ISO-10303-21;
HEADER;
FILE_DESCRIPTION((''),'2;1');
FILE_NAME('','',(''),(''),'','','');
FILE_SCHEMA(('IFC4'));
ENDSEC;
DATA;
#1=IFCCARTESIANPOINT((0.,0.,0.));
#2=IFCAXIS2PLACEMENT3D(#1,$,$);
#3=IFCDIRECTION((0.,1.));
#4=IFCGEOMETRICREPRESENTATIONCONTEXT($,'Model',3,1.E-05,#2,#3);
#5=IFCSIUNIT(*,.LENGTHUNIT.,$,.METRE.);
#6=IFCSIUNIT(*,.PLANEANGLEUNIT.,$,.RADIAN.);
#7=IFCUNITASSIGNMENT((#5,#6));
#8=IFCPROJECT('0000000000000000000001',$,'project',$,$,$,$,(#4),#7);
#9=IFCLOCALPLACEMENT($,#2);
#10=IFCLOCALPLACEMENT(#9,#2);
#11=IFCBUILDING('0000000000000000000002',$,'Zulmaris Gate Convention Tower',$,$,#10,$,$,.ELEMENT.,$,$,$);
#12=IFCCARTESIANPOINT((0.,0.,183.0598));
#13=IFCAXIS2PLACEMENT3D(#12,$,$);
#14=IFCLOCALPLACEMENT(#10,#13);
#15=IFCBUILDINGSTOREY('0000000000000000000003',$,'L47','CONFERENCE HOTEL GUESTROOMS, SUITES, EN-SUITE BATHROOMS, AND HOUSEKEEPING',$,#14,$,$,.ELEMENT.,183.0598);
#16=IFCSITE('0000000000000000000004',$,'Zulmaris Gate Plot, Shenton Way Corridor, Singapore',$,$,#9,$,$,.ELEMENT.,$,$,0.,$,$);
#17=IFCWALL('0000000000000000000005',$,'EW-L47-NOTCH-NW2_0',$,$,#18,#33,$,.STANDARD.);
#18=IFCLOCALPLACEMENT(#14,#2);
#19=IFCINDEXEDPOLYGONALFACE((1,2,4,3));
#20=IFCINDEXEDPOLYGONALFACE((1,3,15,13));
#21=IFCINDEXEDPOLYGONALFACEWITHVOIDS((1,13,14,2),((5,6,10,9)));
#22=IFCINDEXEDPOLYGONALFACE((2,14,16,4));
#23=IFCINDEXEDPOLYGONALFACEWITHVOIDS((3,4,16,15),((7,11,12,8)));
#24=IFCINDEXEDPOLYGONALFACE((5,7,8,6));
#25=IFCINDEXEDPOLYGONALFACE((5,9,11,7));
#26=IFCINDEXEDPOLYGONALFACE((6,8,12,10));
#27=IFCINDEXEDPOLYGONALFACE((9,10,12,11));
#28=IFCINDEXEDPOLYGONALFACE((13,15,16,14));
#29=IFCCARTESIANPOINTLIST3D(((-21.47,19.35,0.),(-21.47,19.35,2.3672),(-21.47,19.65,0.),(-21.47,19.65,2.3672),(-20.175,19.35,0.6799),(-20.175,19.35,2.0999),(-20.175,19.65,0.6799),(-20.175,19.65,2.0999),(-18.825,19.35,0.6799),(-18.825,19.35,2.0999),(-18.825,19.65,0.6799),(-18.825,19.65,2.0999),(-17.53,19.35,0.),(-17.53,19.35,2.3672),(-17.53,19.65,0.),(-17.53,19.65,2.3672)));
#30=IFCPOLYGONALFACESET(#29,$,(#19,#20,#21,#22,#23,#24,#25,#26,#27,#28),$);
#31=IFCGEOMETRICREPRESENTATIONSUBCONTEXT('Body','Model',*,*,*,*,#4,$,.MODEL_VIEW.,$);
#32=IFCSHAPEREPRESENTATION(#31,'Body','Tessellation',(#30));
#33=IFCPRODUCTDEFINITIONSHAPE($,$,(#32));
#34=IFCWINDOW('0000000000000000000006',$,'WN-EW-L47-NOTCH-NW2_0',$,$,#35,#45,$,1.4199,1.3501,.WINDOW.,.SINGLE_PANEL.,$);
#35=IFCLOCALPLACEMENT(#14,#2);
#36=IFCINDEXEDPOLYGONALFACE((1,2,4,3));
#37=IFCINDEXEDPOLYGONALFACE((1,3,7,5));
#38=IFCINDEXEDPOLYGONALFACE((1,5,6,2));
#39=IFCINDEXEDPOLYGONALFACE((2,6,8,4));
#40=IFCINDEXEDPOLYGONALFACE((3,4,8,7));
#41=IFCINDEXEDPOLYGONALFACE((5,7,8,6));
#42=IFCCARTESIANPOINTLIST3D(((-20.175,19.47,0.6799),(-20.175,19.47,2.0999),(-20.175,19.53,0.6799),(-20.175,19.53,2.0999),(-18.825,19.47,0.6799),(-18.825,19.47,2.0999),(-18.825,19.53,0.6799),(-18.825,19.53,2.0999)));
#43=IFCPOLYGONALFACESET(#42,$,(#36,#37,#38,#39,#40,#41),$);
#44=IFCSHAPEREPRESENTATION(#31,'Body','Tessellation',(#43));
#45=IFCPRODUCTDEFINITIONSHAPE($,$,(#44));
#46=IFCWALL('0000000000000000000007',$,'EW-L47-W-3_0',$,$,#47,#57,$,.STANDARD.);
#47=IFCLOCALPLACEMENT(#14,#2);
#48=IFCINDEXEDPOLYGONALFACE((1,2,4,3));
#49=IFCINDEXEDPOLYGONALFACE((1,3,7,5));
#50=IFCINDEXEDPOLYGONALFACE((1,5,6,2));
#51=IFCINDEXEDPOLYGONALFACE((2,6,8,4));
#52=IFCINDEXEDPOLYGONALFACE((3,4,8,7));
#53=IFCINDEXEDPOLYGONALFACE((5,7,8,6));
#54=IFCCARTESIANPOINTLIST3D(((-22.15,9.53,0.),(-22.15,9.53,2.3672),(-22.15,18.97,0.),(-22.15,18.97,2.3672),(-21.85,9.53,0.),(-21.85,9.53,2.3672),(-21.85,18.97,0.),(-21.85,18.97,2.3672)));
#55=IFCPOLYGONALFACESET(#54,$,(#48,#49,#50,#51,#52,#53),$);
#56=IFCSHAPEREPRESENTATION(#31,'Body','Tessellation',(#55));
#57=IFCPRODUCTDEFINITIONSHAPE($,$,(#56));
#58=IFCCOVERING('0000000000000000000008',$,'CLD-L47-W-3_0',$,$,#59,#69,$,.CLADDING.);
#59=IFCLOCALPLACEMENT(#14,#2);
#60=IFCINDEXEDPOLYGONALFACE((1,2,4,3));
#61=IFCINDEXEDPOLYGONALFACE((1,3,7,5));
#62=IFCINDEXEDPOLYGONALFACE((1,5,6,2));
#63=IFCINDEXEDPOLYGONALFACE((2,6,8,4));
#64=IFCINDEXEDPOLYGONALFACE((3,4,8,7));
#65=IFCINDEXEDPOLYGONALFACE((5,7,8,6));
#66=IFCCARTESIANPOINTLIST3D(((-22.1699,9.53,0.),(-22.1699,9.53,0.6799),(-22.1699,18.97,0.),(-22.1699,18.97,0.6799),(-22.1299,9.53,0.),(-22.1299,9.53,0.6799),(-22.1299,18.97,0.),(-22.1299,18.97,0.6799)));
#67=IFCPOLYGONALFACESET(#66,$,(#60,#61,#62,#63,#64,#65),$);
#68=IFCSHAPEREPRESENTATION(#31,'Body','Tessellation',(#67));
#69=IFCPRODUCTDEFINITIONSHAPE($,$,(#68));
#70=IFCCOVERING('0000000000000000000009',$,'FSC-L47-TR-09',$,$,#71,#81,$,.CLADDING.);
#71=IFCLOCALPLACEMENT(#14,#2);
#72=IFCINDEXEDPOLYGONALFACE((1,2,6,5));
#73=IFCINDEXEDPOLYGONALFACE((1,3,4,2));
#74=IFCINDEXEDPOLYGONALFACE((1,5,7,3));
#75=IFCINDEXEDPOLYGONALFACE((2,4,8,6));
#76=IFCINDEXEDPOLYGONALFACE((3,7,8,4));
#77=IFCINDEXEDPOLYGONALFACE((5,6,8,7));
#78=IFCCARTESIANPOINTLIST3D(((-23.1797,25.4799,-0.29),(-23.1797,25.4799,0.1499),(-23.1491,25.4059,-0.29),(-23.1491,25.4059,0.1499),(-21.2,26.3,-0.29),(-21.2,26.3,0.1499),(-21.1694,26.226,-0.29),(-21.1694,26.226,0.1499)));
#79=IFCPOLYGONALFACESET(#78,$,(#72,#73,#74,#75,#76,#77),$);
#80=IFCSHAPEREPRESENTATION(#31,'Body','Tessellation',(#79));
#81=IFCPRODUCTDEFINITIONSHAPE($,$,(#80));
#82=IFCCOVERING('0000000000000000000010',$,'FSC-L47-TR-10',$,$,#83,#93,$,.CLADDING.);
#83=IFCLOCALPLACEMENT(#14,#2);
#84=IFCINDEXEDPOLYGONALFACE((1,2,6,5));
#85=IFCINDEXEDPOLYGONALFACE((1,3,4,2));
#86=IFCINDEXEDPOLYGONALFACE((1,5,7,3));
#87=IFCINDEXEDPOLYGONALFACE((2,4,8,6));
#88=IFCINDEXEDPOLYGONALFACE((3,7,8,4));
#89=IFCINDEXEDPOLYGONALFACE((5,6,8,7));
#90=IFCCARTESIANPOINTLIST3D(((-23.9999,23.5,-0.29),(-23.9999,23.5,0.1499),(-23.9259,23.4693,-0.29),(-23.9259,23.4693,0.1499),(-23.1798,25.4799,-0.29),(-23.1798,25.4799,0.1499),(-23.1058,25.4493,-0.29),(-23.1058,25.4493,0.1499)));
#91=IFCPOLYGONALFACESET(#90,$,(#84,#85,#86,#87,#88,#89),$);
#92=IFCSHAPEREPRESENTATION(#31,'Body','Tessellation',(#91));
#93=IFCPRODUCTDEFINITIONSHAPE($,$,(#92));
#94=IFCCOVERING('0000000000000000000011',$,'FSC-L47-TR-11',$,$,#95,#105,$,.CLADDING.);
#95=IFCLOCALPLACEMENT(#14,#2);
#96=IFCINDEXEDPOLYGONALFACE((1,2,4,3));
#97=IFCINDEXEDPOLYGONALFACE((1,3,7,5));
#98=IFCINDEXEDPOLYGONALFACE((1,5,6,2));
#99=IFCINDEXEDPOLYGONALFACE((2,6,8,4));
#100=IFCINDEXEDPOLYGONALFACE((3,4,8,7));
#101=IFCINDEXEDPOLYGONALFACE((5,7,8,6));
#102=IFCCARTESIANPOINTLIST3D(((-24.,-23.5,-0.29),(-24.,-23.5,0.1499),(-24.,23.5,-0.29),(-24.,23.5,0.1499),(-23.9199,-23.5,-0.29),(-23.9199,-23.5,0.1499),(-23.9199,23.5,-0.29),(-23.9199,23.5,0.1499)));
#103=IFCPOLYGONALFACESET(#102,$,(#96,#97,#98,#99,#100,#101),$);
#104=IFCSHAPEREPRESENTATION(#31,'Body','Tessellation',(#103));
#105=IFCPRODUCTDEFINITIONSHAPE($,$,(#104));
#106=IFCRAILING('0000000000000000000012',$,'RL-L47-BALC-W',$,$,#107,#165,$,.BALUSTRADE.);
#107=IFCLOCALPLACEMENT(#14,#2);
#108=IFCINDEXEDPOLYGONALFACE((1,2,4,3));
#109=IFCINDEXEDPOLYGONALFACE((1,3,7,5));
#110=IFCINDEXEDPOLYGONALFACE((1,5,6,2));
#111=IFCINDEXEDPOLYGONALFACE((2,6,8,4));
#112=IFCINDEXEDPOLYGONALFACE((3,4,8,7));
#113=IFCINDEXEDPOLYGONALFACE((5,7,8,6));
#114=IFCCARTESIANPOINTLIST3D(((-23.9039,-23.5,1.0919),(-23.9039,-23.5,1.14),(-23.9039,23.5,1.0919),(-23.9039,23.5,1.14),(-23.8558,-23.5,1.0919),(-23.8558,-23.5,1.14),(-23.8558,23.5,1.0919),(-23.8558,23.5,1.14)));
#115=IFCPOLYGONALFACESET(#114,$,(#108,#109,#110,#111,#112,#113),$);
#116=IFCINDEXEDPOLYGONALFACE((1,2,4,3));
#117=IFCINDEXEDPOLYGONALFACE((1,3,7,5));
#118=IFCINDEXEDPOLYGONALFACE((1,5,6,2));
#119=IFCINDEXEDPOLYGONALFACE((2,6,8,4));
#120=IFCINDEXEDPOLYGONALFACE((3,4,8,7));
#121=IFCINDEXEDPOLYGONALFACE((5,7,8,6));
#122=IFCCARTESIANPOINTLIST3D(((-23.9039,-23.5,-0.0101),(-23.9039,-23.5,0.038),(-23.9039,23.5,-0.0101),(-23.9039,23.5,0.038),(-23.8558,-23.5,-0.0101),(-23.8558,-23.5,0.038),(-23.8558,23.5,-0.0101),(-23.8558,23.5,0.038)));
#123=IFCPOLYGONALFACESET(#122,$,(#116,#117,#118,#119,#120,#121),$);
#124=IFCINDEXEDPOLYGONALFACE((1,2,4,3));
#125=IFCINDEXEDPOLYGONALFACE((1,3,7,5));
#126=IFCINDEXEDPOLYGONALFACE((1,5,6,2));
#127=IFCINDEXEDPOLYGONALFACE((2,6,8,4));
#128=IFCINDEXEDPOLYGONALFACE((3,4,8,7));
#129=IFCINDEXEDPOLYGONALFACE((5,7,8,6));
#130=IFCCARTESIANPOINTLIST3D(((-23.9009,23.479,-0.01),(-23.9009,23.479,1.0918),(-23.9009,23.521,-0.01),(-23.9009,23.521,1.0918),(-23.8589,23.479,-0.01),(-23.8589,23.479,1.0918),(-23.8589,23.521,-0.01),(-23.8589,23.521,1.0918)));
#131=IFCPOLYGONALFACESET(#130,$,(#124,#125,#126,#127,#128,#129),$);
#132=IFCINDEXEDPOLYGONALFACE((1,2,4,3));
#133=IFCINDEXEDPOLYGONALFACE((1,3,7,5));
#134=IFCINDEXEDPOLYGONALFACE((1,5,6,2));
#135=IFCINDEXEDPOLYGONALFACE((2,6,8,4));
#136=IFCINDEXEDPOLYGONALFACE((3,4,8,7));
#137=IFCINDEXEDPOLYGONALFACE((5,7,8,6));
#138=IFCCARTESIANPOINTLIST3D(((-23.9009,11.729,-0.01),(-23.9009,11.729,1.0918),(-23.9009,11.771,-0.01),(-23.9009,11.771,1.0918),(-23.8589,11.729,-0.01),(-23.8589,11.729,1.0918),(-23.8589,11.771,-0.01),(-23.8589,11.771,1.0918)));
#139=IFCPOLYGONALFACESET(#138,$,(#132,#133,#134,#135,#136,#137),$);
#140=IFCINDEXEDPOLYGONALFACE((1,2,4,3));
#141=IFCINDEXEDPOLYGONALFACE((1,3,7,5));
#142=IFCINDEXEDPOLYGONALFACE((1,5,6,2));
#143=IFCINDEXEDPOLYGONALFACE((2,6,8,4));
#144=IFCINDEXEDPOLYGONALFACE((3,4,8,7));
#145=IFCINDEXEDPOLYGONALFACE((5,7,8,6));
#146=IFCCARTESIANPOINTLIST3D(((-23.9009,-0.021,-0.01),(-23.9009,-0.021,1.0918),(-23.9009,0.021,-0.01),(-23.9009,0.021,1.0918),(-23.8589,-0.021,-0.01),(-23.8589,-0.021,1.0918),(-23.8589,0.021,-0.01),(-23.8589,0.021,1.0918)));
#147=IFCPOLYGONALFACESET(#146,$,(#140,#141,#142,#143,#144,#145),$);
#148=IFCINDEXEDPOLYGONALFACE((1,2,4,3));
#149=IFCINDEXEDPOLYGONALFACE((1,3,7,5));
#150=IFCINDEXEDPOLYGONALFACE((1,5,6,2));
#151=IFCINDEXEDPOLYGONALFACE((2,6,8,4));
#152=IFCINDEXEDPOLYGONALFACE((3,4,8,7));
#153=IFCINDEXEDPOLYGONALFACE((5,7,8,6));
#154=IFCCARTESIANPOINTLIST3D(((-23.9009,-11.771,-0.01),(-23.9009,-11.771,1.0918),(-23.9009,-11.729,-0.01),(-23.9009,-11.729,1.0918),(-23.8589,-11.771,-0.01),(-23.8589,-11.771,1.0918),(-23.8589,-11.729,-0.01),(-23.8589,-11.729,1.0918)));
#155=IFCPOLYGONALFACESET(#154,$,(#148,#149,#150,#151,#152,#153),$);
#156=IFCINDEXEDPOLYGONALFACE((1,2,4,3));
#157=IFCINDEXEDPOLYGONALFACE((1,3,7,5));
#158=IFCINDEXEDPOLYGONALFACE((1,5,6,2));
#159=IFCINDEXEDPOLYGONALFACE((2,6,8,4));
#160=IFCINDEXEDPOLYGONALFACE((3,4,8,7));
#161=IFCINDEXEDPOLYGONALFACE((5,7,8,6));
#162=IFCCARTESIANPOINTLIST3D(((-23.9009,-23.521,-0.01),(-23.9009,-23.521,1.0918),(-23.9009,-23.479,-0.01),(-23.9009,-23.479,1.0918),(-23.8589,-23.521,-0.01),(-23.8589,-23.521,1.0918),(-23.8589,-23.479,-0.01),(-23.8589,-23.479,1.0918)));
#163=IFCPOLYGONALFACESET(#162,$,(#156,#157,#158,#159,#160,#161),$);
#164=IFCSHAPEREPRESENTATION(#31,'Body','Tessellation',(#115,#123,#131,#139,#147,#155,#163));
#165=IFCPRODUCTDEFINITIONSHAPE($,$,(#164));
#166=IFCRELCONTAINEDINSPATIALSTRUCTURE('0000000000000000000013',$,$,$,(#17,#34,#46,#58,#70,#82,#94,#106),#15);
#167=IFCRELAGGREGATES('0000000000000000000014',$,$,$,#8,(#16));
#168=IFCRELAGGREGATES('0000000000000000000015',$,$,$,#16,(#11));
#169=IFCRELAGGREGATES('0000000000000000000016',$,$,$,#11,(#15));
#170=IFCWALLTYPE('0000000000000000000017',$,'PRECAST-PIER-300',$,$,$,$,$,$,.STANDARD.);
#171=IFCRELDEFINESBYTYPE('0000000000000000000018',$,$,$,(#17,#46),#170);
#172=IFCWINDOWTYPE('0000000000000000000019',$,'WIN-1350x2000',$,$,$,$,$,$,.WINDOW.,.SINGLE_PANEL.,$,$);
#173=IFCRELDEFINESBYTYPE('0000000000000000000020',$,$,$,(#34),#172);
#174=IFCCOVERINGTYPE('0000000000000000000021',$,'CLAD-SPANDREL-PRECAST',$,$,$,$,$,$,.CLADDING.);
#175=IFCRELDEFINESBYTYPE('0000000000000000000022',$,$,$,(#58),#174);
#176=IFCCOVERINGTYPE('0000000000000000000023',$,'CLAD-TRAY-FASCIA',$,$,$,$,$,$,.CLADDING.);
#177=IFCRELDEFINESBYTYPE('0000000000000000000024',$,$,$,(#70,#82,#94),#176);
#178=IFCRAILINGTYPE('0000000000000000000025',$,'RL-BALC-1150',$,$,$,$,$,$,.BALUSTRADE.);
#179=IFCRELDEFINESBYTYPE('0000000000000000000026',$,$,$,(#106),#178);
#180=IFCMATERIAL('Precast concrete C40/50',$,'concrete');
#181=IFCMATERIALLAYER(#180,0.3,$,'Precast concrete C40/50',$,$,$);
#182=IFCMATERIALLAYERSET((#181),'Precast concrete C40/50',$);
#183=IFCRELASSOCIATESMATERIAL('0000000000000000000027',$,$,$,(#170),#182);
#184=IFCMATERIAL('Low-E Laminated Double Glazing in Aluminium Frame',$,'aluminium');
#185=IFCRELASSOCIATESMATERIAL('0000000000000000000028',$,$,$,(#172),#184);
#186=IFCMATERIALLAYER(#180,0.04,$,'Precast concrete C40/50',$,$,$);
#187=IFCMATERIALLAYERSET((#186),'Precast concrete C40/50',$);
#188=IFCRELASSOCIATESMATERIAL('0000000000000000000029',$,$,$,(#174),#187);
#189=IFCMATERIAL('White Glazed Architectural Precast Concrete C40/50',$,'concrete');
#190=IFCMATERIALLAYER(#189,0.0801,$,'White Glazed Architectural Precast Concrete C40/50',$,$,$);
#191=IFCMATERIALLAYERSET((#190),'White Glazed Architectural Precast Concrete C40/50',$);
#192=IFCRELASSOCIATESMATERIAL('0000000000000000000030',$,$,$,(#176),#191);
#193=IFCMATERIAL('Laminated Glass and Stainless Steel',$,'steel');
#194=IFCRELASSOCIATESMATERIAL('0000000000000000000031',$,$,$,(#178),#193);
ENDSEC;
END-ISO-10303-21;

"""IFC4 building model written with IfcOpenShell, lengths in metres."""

from ifc_helpers import new_model, si_unit, direction, frame, frame_2d, origin, origin_2d, place, context, subcontext, project, spatial, rectangle, extrude, material, layer, layer_set, type_object, element, fill, save


model = new_model("IFC4")

# Units and contexts
model_context = context("Model", 3, precision=1e-05, world=origin(), true_north=direction((0.0, 1.0)))
body_context = subcontext(model_context, "Body", "Model", "MODEL_VIEW")
ifc_project = project(units=[si_unit("LENGTHUNIT", "METRE"), si_unit("PLANEANGLEUNIT", "RADIAN")], contexts=[model_context])

# Site, building, storey
site_placement = place(None, origin())
site = spatial("IfcSite", under=ifc_project, at=site_placement, Name="Zulmaris Gate Plot, Shenton Way Corridor, Singapore", CompositionType="ELEMENT", RefElevation=0.0)
building_placement = place(site_placement, origin())
building = spatial("IfcBuilding", under=site, at=building_placement, Name="Zulmaris Gate Convention Tower", CompositionType="ELEMENT")
storey_placement = place(building_placement, frame((0.0, 0.0, 183.0598)))
storey = spatial("IfcBuildingStorey", under=building, at=storey_placement, Name="L47", Description="CONFERENCE HOTEL GUESTROOMS, SUITES, EN-SUITE BATHROOMS, AND HOUSEKEEPING", CompositionType="ELEMENT", Elevation=183.0598)

# Wall, opening, window
ifc_material_1 = material(Name="Precast concrete C40/50", Category="concrete")
ifc_layer_1 = layer(ifc_material_1, 0.3, Name="Precast concrete C40/50")
ifc_layer_set_1 = layer_set([ifc_layer_1], Name="Precast concrete C40/50")
wall_type_1 = type_object("IfcWallType", Name="PRECAST-PIER-300", PredefinedType="STANDARD", material=ifc_layer_set_1)
wall_1_placement = place(storey_placement, frame((-17.53, 19.5, 0.0), z_axis=(0.0, 0.0, 1.0), x_axis=(-1.0, 0.0, 0.0)))
wall_1 = element("IfcWall", 1, at=wall_1_placement, inside=storey, type_object=wall_type_1, Name="EW-L47-NOTCH-NW2_0", PredefinedType="STANDARD", context=body_context, shape_type="SweptSolid", body=[
    extrude(rectangle(XDim=3.9399, YDim=0.3, at=frame_2d((1.97, 0.0))), origin(), (0.0, 0.0, 1.0), 2.3672),
])
opening_1_placement = place(wall_1_placement, frame((1.2949, 0.0, 0.6799)))
opening_1 = element("IfcOpeningElement", 2, at=opening_1_placement, cuts=wall_1, PredefinedType="OPENING", context=body_context, shape_type="SweptSolid", body=[
    extrude(rectangle(XDim=1.3501, YDim=1.4199, at=frame_2d((0.675, 0.71))), frame((0.0, 0.1602, 0.0), z_axis=(0.0, -1.0, 0.0), x_axis=(1.0, 0.0, 0.0)), (0.0, 0.0, 1.0), 0.3201),
])
ifc_material_2 = material(Name="Low-E Laminated Double Glazing in Aluminium Frame", Category="aluminium")
window_type = type_object("IfcWindowType", Name="WIN-1350x2000", PartitioningType="SINGLE_PANEL", PredefinedType="WINDOW", material=ifc_material_2)
window_placement = place(opening_1_placement, origin())
window = element("IfcWindow", 3, at=window_placement, inside=storey, type_object=window_type, Name="WN-EW-L47-NOTCH-NW2_0", OverallHeight=1.4199, OverallWidth=1.3501, PartitioningType="SINGLE_PANEL", PredefinedType="WINDOW", context=body_context, shape_type="SweptSolid", body=[
    extrude(rectangle(XDim=1.3501, YDim=1.4199, at=frame_2d((0.675, 0.71))), frame((0.0, 0.03, 0.0), z_axis=(0.0, -1.0, 0.0), x_axis=(1.0, 0.0, 0.0)), (0.0, 0.0, 1.0), 0.0601),
])
fill(opening_1, window)

# Wall
wall_2_placement = place(storey_placement, frame((-22.0, 18.97, 0.0), z_axis=(0.0, 0.0, 1.0), x_axis=(0.0, -1.0, 0.0)))
element("IfcWall", 4, at=wall_2_placement, inside=storey, type_object=wall_type_1, Name="EW-L47-W-3_0", PredefinedType="STANDARD", context=body_context, shape_type="SweptSolid", body=[
    extrude(rectangle(XDim=9.4399, YDim=0.3, at=frame_2d((4.72, 0.0))), origin(), (0.0, 0.0, 1.0), 2.3672),
])

# Coverings
ifc_layer_2 = layer(ifc_material_1, 0.04, Name="Precast concrete C40/50")
ifc_layer_set_2 = layer_set([ifc_layer_2], Name="Precast concrete C40/50")
covering_type_1 = type_object("IfcCoveringType", Name="CLAD-SPANDREL-PRECAST", PredefinedType="CLADDING", material=ifc_layer_set_2)
covering_1_placement = place(storey_placement, frame((-22.1499, 18.97, 0.0), z_axis=(0.0, 0.0, 1.0), x_axis=(0.0, -1.0, 0.0)))
element("IfcCovering", 5, at=covering_1_placement, inside=storey, type_object=covering_type_1, Name="CLD-L47-W-3_0", PredefinedType="CLADDING", context=body_context, shape_type="SweptSolid", body=[
    extrude(rectangle(XDim=9.4399, YDim=0.04, at=frame_2d((4.72, 0.0))), origin(), (0.0, 0.0, 1.0), 0.6799),
])
ifc_material_3 = material(Name="White Glazed Architectural Precast Concrete C40/50", Category="concrete")
ifc_layer_3 = layer(ifc_material_3, 0.0801, Name="White Glazed Architectural Precast Concrete C40/50")
ifc_layer_set_3 = layer_set([ifc_layer_3], Name="White Glazed Architectural Precast Concrete C40/50")
covering_type_2 = type_object("IfcCoveringType", Name="CLAD-TRAY-FASCIA", PredefinedType="CLADDING", material=ifc_layer_set_3)
covering_2_placement = place(storey_placement, frame((-21.1848, 26.2629, -0.29), z_axis=(0.0, 0.0, 1.0), x_axis=(-0.923874, -0.382697, 0.0)))
element("IfcCovering", 6, at=covering_2_placement, inside=storey, type_object=covering_type_2, Name="FSC-L47-TR-09", PredefinedType="CLADDING", context=body_context, shape_type="SweptSolid", body=[
    extrude(rectangle(XDim=2.1428, YDim=0.0801, at=frame_2d((1.0713, 0.0))), origin(), (0.0, 0.0, 1.0), 0.4399),
])
covering_3_placement = place(storey_placement, frame((-23.1428, 25.4646, -0.29), z_axis=(0.0, 0.0, 1.0), x_axis=(-0.382657, -0.92389, 0.0)))
element("IfcCovering", 7, at=covering_3_placement, inside=storey, type_object=covering_type_2, Name="FSC-L47-TR-10", PredefinedType="CLADDING", context=body_context, shape_type="SweptSolid", body=[
    extrude(rectangle(XDim=2.1431, YDim=0.0801, at=frame_2d((1.0715, 0.0))), origin(), (0.0, 0.0, 1.0), 0.4399),
])
covering_4_placement = place(storey_placement, frame((-23.96, 23.5, -0.29), z_axis=(0.0, 0.0, 1.0), x_axis=(0.0, -1.0, 0.0)))
element("IfcCovering", 8, at=covering_4_placement, inside=storey, type_object=covering_type_2, Name="FSC-L47-TR-11", PredefinedType="CLADDING", context=body_context, shape_type="SweptSolid", body=[
    extrude(rectangle(XDim=47.0, YDim=0.0801, at=frame_2d((23.5, 0.0))), origin(), (0.0, 0.0, 1.0), 0.4399),
])

# Railing
ifc_material_4 = material(Name="Laminated Glass and Stainless Steel", Category="steel")
railing_type = type_object("IfcRailingType", Name="RL-BALC-1150", PredefinedType="BALUSTRADE", material=ifc_material_4)
railing_placement = place(storey_placement, frame((-23.8799, 23.5, -0.01)))
element("IfcRailing", 9, at=railing_placement, inside=storey, type_object=railing_type, Name="RL-L47-BALC-W", PredefinedType="BALUSTRADE", context=body_context, shape_type="SweptSolid", body=[
    extrude(rectangle(XDim=0.0481, YDim=0.0481, at=origin_2d()), frame((0.0, 0.0, 1.126), z_axis=(0.0, -1.0, 0.0), x_axis=(1.0, 0.0, 0.0)), (0.0, 0.0, 1.0), 47.0),
    extrude(rectangle(XDim=0.0481, YDim=0.0481, at=origin_2d()), frame((0.0, 0.0, 0.0239), z_axis=(0.0, -1.0, 0.0), x_axis=(1.0, 0.0, 0.0)), (0.0, 0.0, 1.0), 47.0),
    extrude(rectangle(XDim=0.042, YDim=0.042, at=origin_2d()), origin(), (0.0, 0.0, 1.0), 1.1018),
    extrude(rectangle(XDim=0.042, YDim=0.042, at=origin_2d()), frame((0.0, -11.75, 0.0)), (0.0, 0.0, 1.0), 1.1018),
    extrude(rectangle(XDim=0.042, YDim=0.042, at=origin_2d()), frame((0.0, -23.5, 0.0)), (0.0, 0.0, 1.0), 1.1018),
    extrude(rectangle(XDim=0.042, YDim=0.042, at=origin_2d()), frame((0.0, -35.25, 0.0)), (0.0, 0.0, 1.0), 1.1018),
    extrude(rectangle(XDim=0.042, YDim=0.042, at=origin_2d()), frame((0.0, -47.0, 0.0)), (0.0, 0.0, 1.0), 1.1018),
])

save(model, "model.ifc")
